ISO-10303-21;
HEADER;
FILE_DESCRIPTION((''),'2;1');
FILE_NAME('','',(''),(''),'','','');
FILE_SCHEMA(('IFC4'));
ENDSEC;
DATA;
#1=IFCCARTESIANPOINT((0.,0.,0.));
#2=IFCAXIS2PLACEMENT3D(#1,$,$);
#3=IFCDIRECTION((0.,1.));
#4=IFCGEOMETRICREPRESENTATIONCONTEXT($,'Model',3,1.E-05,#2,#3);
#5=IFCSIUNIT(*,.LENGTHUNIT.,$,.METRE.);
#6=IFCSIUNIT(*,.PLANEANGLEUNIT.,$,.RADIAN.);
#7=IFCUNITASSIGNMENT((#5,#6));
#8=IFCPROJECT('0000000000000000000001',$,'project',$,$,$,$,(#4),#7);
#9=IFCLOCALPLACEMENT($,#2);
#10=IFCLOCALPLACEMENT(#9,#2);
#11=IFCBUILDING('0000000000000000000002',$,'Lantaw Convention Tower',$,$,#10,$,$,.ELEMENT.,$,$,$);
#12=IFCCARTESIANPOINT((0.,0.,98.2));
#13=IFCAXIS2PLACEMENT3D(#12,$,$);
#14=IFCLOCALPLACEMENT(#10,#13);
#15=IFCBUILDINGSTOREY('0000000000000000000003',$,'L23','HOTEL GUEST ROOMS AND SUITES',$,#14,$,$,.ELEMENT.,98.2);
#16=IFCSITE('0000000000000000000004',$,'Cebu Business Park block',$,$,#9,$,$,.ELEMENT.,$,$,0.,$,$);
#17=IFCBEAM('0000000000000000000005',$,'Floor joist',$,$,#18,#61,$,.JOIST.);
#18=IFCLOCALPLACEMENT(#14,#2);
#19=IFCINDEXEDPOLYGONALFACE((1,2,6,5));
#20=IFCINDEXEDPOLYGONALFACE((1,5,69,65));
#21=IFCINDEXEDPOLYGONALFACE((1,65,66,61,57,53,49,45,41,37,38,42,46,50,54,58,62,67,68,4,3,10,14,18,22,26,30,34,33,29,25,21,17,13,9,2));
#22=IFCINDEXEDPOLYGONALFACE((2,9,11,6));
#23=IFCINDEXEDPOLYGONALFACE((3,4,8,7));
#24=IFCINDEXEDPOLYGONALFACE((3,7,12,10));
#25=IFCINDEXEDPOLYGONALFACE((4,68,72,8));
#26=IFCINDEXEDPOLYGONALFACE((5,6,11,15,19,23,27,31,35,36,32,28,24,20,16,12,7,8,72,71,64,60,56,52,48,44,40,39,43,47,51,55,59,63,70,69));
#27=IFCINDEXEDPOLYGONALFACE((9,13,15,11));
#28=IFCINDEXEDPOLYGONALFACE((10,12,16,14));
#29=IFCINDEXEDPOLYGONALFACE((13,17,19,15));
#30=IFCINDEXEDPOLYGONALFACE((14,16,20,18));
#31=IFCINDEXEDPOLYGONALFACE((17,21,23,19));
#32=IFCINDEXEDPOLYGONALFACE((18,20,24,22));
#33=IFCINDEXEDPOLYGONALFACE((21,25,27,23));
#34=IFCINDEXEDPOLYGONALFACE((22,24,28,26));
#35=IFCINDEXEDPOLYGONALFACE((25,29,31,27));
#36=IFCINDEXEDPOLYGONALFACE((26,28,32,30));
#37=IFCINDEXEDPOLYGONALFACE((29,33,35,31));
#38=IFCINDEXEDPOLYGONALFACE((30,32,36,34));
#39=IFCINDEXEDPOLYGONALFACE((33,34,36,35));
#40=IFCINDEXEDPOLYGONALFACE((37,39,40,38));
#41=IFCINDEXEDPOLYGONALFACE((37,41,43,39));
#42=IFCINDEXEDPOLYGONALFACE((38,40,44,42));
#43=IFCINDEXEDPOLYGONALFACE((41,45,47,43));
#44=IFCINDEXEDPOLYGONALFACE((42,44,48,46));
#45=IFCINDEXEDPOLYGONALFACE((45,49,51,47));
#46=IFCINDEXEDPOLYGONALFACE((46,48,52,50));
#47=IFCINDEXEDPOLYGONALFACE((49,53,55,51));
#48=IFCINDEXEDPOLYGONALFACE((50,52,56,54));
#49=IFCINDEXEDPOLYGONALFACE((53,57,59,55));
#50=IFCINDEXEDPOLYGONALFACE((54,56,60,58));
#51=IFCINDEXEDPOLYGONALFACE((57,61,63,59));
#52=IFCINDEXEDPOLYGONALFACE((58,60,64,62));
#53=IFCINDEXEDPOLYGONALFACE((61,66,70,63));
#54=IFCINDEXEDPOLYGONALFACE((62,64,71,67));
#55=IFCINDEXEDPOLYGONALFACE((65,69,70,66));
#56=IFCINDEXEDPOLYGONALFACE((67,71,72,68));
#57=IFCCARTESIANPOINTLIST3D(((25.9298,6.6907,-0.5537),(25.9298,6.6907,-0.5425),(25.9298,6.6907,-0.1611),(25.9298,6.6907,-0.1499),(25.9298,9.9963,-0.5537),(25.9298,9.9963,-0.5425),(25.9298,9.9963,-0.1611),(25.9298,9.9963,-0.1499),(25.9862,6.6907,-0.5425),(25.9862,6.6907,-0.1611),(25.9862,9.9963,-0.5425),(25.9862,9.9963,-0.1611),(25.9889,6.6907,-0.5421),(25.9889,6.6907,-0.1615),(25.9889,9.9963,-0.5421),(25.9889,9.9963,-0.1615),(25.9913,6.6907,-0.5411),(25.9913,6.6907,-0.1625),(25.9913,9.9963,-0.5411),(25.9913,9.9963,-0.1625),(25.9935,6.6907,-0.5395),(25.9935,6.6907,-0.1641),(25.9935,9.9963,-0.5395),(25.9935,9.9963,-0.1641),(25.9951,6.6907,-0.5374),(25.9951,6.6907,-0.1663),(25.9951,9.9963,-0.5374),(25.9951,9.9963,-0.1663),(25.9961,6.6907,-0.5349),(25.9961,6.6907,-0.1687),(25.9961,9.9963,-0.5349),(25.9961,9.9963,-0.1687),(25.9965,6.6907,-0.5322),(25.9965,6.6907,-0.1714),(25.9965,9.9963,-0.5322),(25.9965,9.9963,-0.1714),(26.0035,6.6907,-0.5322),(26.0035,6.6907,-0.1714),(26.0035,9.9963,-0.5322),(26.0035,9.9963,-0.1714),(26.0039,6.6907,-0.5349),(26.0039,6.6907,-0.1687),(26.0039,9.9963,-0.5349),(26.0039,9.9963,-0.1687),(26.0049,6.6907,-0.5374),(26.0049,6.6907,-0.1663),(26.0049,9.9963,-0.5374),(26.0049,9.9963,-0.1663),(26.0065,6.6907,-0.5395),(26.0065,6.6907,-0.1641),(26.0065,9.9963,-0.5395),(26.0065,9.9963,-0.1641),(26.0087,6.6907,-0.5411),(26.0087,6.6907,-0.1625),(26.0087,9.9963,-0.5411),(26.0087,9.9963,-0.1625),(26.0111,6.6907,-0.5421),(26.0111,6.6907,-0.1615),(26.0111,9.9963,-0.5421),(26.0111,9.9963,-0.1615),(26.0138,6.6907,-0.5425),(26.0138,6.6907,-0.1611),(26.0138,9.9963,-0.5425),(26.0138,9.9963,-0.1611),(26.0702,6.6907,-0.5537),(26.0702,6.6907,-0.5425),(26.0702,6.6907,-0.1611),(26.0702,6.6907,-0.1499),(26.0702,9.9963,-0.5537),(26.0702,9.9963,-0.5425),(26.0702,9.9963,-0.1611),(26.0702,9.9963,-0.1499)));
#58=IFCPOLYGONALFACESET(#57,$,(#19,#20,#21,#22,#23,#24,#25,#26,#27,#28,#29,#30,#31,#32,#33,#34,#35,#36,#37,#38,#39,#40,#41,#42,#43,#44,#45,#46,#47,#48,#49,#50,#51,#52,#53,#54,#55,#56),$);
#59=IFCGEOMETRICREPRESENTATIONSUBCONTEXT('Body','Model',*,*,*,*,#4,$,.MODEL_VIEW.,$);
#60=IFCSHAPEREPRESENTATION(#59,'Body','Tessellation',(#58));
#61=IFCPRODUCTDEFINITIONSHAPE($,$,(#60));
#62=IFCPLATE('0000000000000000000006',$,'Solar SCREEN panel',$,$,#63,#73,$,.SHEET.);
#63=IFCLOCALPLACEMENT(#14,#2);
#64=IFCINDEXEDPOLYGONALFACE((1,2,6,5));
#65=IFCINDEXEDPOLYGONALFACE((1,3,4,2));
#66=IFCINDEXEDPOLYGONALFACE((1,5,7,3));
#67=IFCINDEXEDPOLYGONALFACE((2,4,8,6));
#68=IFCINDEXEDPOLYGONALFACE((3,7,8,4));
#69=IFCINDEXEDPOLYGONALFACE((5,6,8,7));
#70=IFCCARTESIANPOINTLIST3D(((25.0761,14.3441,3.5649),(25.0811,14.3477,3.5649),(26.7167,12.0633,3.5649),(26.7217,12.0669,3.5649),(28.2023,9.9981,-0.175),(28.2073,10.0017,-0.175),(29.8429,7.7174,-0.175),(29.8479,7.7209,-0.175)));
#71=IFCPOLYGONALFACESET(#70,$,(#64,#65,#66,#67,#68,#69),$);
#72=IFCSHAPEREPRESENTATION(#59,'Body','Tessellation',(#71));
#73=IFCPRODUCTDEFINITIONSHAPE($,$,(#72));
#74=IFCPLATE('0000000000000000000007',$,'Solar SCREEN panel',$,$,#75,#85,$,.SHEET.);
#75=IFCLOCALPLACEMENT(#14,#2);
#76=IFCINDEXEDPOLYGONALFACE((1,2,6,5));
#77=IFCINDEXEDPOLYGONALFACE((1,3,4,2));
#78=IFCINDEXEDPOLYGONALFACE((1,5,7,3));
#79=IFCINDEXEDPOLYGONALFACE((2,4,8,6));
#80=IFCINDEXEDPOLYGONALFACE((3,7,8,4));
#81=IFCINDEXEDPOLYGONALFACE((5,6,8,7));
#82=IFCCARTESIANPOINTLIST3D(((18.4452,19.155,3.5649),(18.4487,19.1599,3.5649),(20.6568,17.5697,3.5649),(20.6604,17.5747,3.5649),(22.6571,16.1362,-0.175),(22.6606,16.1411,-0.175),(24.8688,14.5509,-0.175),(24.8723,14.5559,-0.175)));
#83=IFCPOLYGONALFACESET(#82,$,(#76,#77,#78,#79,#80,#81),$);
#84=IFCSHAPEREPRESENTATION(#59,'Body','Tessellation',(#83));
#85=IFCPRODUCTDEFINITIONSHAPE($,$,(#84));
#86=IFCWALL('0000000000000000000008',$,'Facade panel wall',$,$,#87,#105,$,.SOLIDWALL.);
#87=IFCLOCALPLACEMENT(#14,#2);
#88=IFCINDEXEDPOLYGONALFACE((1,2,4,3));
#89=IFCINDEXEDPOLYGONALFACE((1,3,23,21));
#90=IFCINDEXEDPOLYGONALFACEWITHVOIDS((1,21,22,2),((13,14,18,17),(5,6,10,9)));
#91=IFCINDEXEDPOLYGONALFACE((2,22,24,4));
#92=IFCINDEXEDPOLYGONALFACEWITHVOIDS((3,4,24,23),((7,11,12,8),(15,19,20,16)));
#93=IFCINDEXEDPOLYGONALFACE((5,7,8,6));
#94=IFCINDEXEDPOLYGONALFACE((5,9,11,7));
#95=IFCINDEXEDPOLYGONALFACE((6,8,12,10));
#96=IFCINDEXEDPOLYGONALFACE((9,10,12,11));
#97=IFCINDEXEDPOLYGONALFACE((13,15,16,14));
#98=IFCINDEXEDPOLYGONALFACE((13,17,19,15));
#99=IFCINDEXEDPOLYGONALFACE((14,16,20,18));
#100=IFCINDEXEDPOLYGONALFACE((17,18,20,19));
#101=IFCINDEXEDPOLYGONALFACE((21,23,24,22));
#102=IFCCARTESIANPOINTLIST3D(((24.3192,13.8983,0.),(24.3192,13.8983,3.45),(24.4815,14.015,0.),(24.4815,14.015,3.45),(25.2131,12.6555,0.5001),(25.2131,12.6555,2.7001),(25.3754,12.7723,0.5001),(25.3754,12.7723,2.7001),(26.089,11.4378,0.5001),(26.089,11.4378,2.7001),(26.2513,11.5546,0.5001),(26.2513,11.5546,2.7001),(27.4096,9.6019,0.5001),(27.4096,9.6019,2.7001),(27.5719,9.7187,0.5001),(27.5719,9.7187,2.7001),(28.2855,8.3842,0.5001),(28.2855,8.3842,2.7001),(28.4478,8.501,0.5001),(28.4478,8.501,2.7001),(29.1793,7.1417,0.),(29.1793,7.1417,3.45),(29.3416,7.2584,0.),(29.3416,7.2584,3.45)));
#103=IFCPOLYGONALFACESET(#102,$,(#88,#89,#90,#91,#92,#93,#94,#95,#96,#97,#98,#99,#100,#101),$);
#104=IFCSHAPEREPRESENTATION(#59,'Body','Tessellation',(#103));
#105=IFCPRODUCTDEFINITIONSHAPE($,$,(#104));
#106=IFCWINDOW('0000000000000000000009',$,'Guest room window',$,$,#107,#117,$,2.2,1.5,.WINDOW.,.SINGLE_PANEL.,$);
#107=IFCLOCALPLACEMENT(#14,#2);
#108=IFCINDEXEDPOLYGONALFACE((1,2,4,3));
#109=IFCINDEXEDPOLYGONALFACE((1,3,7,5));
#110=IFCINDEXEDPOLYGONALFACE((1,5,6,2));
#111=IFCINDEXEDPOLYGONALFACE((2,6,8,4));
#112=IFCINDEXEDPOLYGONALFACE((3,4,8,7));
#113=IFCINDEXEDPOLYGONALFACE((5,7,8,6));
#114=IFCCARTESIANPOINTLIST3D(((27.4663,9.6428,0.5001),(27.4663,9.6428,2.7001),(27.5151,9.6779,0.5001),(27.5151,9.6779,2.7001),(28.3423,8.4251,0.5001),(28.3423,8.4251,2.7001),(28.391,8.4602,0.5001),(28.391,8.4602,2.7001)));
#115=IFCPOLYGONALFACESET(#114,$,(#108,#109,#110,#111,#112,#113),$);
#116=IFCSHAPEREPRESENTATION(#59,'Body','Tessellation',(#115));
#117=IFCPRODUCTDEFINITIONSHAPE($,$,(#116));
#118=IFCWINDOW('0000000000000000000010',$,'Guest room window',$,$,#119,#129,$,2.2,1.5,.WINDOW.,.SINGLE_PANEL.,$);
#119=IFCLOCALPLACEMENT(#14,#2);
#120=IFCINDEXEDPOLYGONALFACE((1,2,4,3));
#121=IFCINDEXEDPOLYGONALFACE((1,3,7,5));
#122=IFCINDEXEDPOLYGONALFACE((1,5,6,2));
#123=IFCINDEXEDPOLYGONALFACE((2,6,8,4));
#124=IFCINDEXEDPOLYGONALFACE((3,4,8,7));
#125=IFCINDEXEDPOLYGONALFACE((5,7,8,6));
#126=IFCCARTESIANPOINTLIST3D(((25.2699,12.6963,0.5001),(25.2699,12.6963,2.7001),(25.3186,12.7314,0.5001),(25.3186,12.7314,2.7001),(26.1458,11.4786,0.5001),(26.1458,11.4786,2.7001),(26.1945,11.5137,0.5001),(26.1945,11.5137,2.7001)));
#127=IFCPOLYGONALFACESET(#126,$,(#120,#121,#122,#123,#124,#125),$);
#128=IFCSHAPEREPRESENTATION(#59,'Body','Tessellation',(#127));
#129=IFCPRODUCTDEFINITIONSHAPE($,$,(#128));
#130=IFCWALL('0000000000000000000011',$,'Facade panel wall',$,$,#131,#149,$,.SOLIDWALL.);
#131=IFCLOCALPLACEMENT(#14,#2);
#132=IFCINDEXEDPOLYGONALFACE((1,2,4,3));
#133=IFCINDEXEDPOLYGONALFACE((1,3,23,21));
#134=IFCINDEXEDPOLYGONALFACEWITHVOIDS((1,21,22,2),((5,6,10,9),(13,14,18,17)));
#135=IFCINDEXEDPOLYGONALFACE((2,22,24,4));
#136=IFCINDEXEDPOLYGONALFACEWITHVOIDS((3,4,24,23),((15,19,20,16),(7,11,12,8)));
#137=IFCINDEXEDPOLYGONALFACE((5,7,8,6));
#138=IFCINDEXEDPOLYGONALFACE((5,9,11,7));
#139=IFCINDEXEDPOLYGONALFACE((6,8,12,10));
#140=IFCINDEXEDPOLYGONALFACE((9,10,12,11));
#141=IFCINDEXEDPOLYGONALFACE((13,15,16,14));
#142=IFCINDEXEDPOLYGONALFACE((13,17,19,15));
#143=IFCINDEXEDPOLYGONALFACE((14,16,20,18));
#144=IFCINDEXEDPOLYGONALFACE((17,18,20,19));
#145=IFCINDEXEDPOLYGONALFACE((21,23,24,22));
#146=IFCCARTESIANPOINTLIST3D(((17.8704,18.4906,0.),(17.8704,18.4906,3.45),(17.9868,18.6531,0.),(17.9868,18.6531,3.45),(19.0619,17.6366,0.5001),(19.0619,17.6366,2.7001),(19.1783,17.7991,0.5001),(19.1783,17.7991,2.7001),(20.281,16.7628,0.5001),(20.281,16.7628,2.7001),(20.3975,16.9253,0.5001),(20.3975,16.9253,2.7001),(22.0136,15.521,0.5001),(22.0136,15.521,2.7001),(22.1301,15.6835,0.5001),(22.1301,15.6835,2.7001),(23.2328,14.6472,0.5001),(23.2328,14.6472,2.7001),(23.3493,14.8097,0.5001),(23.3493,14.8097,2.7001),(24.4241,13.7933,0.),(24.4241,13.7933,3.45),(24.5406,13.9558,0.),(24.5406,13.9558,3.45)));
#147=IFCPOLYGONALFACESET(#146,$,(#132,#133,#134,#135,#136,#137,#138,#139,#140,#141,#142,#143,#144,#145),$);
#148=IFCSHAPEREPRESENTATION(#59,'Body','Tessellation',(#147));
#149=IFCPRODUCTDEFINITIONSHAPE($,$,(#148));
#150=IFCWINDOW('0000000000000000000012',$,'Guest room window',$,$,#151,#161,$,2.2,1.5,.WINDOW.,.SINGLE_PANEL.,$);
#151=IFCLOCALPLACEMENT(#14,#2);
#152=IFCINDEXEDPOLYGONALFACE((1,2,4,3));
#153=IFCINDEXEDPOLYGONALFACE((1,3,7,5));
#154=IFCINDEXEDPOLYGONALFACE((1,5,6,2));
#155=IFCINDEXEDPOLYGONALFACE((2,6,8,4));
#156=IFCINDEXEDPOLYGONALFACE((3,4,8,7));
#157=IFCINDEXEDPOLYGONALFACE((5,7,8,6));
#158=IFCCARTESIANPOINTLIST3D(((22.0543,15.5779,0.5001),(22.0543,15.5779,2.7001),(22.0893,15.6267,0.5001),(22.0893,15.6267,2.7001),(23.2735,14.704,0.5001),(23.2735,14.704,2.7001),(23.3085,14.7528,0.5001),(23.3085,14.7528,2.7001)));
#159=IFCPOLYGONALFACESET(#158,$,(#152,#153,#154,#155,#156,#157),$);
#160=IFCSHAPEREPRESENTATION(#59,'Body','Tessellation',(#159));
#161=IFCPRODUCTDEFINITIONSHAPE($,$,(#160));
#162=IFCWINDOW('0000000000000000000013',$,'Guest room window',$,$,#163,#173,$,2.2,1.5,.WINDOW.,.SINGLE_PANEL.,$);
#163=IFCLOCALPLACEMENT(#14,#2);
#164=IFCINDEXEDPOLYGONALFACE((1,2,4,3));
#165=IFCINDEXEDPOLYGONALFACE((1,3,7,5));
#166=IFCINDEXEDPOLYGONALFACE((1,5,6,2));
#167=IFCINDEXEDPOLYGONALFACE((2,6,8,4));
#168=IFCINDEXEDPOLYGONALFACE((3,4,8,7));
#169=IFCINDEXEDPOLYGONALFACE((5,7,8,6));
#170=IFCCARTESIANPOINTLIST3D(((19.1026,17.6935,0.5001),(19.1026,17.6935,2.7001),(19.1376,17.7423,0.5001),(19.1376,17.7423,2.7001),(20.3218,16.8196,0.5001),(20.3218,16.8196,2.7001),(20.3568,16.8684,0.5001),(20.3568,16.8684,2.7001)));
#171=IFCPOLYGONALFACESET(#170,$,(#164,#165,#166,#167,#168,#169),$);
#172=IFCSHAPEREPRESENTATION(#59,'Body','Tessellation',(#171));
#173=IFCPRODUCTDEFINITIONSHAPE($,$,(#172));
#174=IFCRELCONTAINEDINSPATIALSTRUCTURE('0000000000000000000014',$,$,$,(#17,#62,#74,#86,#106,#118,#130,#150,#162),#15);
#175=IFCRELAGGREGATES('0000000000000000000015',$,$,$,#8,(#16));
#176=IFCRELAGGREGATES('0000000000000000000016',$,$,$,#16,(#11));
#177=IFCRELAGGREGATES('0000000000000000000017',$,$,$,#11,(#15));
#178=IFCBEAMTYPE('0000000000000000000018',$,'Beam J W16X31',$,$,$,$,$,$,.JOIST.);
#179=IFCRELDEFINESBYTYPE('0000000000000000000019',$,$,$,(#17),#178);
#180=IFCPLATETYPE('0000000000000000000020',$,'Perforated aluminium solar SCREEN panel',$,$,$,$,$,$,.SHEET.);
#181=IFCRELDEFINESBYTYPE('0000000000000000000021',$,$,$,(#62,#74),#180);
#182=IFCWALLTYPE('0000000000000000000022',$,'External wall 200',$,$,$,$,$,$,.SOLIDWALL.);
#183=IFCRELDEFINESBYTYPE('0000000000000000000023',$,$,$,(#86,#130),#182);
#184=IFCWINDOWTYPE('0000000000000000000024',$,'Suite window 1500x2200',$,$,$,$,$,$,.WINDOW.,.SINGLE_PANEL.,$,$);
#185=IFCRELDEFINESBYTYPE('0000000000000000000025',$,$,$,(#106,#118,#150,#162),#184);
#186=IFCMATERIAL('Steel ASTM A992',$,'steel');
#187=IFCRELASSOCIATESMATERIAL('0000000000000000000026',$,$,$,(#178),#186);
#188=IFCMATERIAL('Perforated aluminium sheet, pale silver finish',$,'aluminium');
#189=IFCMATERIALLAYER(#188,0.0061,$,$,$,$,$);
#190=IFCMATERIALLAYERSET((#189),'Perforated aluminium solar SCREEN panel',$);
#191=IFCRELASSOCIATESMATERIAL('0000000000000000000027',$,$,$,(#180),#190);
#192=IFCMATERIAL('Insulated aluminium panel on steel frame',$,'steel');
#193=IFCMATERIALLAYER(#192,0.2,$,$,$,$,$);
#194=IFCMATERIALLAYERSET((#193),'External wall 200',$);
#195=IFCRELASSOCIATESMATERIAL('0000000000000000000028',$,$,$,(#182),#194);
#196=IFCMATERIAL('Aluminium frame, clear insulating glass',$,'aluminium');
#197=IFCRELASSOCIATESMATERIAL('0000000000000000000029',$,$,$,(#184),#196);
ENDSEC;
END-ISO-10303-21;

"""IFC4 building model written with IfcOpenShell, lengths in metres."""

from ifc_helpers import new_model, si_unit, direction, frame, frame_2d, origin, origin_2d, place, context, subcontext, project, spatial, polyline, rectangle, i_section, outline, extrude, material, layer, layer_set, material_profile, profile_set, type_object, element, fill, save


model = new_model("IFC4")

# Units and contexts
model_context = context("Model", 3, precision=1e-05, world=origin(), true_north=direction((0.0, 1.0)))
body_context = subcontext(model_context, "Body", "Model", "MODEL_VIEW")
ifc_project = project(units=[si_unit("LENGTHUNIT", "METRE"), si_unit("PLANEANGLEUNIT", "RADIAN")], contexts=[model_context])

# Site, building, storey
site_placement = place(None, origin())
site = spatial("IfcSite", under=ifc_project, at=site_placement, Name="Cebu Business Park block", CompositionType="ELEMENT", RefElevation=0.0)
building_placement = place(site_placement, origin())
building = spatial("IfcBuilding", under=site, at=building_placement, Name="Lantaw Convention Tower", CompositionType="ELEMENT")
storey_placement = place(building_placement, frame((0.0, 0.0, 98.2)))
storey = spatial("IfcBuildingStorey", under=building, at=storey_placement, Name="L23", Description="HOTEL GUEST ROOMS AND SUITES", CompositionType="ELEMENT", Elevation=98.2)

# Beam
ifc_material_1 = material(Name="Steel ASTM A992", Category="steel")
ifc_material_profile_1 = material_profile(ifc_material_1, i_section(OverallWidth=0.1404, OverallDepth=0.4038, WebThickness=0.0071, FlangeThickness=0.0112, FilletRadius=0.0103, at=origin_2d()), Name="W16X31")
ifc_profile_set_1 = profile_set([ifc_material_profile_1], Name="Steel ASTM A992")
beam_type_1 = type_object("IfcBeamType", Name="Beam J W16X31", PredefinedType="JOIST", material=ifc_profile_set_1)
beam_1_placement = place(storey_placement, frame((26.0, 6.6907, -0.3518), z_axis=(0.0, 1.0, 0.0), x_axis=(-1.0, 0.0, 0.0)))
element("IfcBeam", 1, at=beam_1_placement, inside=storey, type_object=beam_type_1, Name="Floor joist", PredefinedType="JOIST", context=body_context, shape_type="SweptSolid", body=[
    extrude(i_section(OverallWidth=0.1404, OverallDepth=0.4038, WebThickness=0.0071, FlangeThickness=0.0112, FilletRadius=0.0103, at=origin_2d()), origin(), (0.0, 0.0, 1.0), 3.3057),
])

# Plates
ifc_material_2 = material(Name="Perforated aluminium sheet, pale silver finish", Category="aluminium")
ifc_layer_1 = layer(ifc_material_2, 0.0061)
ifc_layer_set_1 = layer_set([ifc_layer_1], Name="Perforated aluminium solar SCREEN panel")
plate_type = type_object("IfcPlateType", Name="Perforated aluminium solar SCREEN panel", PredefinedType="SHEET", material=ifc_layer_set_1)
plate_1_placement = place(storey_placement, frame((29.8479, 7.7209, -0.175), z_axis=(0.811791, 0.583948, 0.000009), x_axis=(-0.583948, 0.811791, 0.0)))
element("IfcPlate", 2, at=plate_1_placement, inside=storey, type_object=plate_type, Name="Solar SCREEN panel", PredefinedType="SHEET", context=body_context, shape_type="SweptSolid", body=[
    extrude(outline(polyline([(0.0, 0.0), (2.8095, 0.0), (8.1631, 3.74), (5.3536, 3.74), (0.0, 0.0)])), origin(), (0.0, 0.0, -1.0), 0.0061),
])
plate_2_placement = place(storey_placement, frame((24.8723, 14.5559, -0.175), z_axis=(0.582561, 0.812787, 0.000016), x_axis=(-0.812787, 0.582561, 0.0)))
element("IfcPlate", 3, at=plate_2_placement, inside=storey, type_object=plate_type, Name="Solar SCREEN panel", PredefinedType="SHEET", context=body_context, shape_type="SweptSolid", body=[
    extrude(outline(polyline([(0.0, 0.0), (2.7211, 0.0), (7.9031, 3.74), (5.182, 3.74), (0.0, 0.0)])), origin(), (0.0, 0.0, -1.0), 0.0061),
])

# Walls, openings, windows
ifc_material_3 = material(Name="Insulated aluminium panel on steel frame", Category="steel")
ifc_layer_2 = layer(ifc_material_3, 0.2)
ifc_layer_set_2 = layer_set([ifc_layer_2], Name="External wall 200")
wall_type_1 = type_object("IfcWallType", Name="External wall 200", PredefinedType="SOLIDWALL", material=ifc_layer_set_2)
wall_1_placement = place(storey_placement, frame((29.2605, 7.2, 0.0), z_axis=(0.0, 0.0, 1.0), x_axis=(-0.583938, 0.811799, 0.0)))
wall_1 = element("IfcWall", 4, at=wall_1_placement, inside=storey, type_object=wall_type_1, Name="Facade panel wall", PredefinedType="SOLIDWALL", context=body_context, shape_type="SweptSolid", body=[
    extrude(rectangle(XDim=8.323, YDim=0.2, at=frame_2d((4.1616, 0.0))), origin(), (0.0, 0.0, 1.0), 3.45),
])
opening_1_placement = place(wall_1_placement, frame((1.5308, 0.0, 0.5)))
opening_1 = element("IfcOpeningElement", 5, at=opening_1_placement, cuts=wall_1, PredefinedType="OPENING", context=body_context, shape_type="SweptSolid", body=[
    extrude(rectangle(XDim=1.5, YDim=2.2, at=frame_2d((0.75, 1.1001))), frame((0.0, 0.1099, 0.0), z_axis=(0.0, -1.0, 0.0), x_axis=(1.0, 0.0, 0.0)), (0.0, 0.0, 1.0), 0.22),
])
opening_2_placement = place(wall_1_placement, frame((5.2922, 0.0, 0.5)))
opening_2 = element("IfcOpeningElement", 6, at=opening_2_placement, cuts=wall_1, PredefinedType="OPENING", context=body_context, shape_type="SweptSolid", body=[
    extrude(rectangle(XDim=1.5, YDim=2.2, at=frame_2d((0.75, 1.1001))), frame((0.0, 0.1099, 0.0), z_axis=(0.0, -1.0, 0.0), x_axis=(1.0, 0.0, 0.0)), (0.0, 0.0, 1.0), 0.22),
])
ifc_material_4 = material(Name="Aluminium frame, clear insulating glass", Category="aluminium")
window_type = type_object("IfcWindowType", Name="Suite window 1500x2200", PartitioningType="SINGLE_PANEL", PredefinedType="WINDOW", material=ifc_material_4)
window_1_placement = place(opening_1_placement, origin())
window_1 = element("IfcWindow", 7, at=window_1_placement, inside=storey, type_object=window_type, Name="Guest room window", OverallHeight=2.2, OverallWidth=1.5, PartitioningType="SINGLE_PANEL", PredefinedType="WINDOW", context=body_context, shape_type="SweptSolid", body=[
    extrude(rectangle(XDim=1.5, YDim=2.2, at=frame_2d((0.75, 1.1001))), frame((0.0, 0.03, 0.0), z_axis=(0.0, -1.0, 0.0), x_axis=(1.0, 0.0, 0.0)), (0.0, 0.0, 1.0), 0.0601),
])
fill(opening_1, window_1)
window_2_placement = place(opening_2_placement, origin())
window_2 = element("IfcWindow", 8, at=window_2_placement, inside=storey, type_object=window_type, Name="Guest room window", OverallHeight=2.2, OverallWidth=1.5, PartitioningType="SINGLE_PANEL", PredefinedType="WINDOW", context=body_context, shape_type="SweptSolid", body=[
    extrude(rectangle(XDim=1.5, YDim=2.2, at=frame_2d((0.75, 1.1001))), frame((0.0, 0.03, 0.0), z_axis=(0.0, -1.0, 0.0), x_axis=(1.0, 0.0, 0.0)), (0.0, 0.0, 1.0), 0.0601),
])
fill(opening_2, window_2)
wall_2_placement = place(storey_placement, frame((24.4824, 13.8745, 0.0), z_axis=(0.0, 0.0, 1.0), x_axis=(-0.812791, 0.582555, 0.0)))
wall_2 = element("IfcWall", 9, at=wall_2_placement, inside=storey, type_object=wall_type_1, Name="Facade panel wall", PredefinedType="SOLIDWALL", context=body_context, shape_type="SweptSolid", body=[
    extrude(rectangle(XDim=8.0632, YDim=0.2, at=frame_2d((4.0317, 0.0))), origin(), (0.0, 0.0, 1.0), 3.45),
])
opening_3_placement = place(wall_2_placement, frame((1.4658, 0.0, 0.5)))
opening_3 = element("IfcOpeningElement", 10, at=opening_3_placement, cuts=wall_2, PredefinedType="OPENING", context=body_context, shape_type="SweptSolid", body=[
    extrude(rectangle(XDim=1.5, YDim=2.2, at=frame_2d((0.75, 1.1001))), frame((0.0, 0.1099, 0.0), z_axis=(0.0, -1.0, 0.0), x_axis=(1.0, 0.0, 0.0)), (0.0, 0.0, 1.0), 0.22),
])
opening_4_placement = place(wall_2_placement, frame((5.0974, 0.0, 0.5)))
opening_4 = element("IfcOpeningElement", 11, at=opening_4_placement, cuts=wall_2, PredefinedType="OPENING", context=body_context, shape_type="SweptSolid", body=[
    extrude(rectangle(XDim=1.5, YDim=2.2, at=frame_2d((0.75, 1.1001))), frame((0.0, 0.1099, 0.0), z_axis=(0.0, -1.0, 0.0), x_axis=(1.0, 0.0, 0.0)), (0.0, 0.0, 1.0), 0.22),
])
window_3_placement = place(opening_3_placement, origin())
window_3 = element("IfcWindow", 12, at=window_3_placement, inside=storey, type_object=window_type, Name="Guest room window", OverallHeight=2.2, OverallWidth=1.5, PartitioningType="SINGLE_PANEL", PredefinedType="WINDOW", context=body_context, shape_type="SweptSolid", body=[
    extrude(rectangle(XDim=1.5, YDim=2.2, at=frame_2d((0.75, 1.1001))), frame((0.0, 0.03, 0.0), z_axis=(0.0, -1.0, 0.0), x_axis=(1.0, 0.0, 0.0)), (0.0, 0.0, 1.0), 0.0601),
])
fill(opening_3, window_3)
window_4_placement = place(opening_4_placement, origin())
window_4 = element("IfcWindow", 13, at=window_4_placement, inside=storey, type_object=window_type, Name="Guest room window", OverallHeight=2.2, OverallWidth=1.5, PartitioningType="SINGLE_PANEL", PredefinedType="WINDOW", context=body_context, shape_type="SweptSolid", body=[
    extrude(rectangle(XDim=1.5, YDim=2.2, at=frame_2d((0.75, 1.1001))), frame((0.0, 0.03, 0.0), z_axis=(0.0, -1.0, 0.0), x_axis=(1.0, 0.0, 0.0)), (0.0, 0.0, 1.0), 0.0601),
])
fill(opening_4, window_4)

save(model, "model.ifc")
